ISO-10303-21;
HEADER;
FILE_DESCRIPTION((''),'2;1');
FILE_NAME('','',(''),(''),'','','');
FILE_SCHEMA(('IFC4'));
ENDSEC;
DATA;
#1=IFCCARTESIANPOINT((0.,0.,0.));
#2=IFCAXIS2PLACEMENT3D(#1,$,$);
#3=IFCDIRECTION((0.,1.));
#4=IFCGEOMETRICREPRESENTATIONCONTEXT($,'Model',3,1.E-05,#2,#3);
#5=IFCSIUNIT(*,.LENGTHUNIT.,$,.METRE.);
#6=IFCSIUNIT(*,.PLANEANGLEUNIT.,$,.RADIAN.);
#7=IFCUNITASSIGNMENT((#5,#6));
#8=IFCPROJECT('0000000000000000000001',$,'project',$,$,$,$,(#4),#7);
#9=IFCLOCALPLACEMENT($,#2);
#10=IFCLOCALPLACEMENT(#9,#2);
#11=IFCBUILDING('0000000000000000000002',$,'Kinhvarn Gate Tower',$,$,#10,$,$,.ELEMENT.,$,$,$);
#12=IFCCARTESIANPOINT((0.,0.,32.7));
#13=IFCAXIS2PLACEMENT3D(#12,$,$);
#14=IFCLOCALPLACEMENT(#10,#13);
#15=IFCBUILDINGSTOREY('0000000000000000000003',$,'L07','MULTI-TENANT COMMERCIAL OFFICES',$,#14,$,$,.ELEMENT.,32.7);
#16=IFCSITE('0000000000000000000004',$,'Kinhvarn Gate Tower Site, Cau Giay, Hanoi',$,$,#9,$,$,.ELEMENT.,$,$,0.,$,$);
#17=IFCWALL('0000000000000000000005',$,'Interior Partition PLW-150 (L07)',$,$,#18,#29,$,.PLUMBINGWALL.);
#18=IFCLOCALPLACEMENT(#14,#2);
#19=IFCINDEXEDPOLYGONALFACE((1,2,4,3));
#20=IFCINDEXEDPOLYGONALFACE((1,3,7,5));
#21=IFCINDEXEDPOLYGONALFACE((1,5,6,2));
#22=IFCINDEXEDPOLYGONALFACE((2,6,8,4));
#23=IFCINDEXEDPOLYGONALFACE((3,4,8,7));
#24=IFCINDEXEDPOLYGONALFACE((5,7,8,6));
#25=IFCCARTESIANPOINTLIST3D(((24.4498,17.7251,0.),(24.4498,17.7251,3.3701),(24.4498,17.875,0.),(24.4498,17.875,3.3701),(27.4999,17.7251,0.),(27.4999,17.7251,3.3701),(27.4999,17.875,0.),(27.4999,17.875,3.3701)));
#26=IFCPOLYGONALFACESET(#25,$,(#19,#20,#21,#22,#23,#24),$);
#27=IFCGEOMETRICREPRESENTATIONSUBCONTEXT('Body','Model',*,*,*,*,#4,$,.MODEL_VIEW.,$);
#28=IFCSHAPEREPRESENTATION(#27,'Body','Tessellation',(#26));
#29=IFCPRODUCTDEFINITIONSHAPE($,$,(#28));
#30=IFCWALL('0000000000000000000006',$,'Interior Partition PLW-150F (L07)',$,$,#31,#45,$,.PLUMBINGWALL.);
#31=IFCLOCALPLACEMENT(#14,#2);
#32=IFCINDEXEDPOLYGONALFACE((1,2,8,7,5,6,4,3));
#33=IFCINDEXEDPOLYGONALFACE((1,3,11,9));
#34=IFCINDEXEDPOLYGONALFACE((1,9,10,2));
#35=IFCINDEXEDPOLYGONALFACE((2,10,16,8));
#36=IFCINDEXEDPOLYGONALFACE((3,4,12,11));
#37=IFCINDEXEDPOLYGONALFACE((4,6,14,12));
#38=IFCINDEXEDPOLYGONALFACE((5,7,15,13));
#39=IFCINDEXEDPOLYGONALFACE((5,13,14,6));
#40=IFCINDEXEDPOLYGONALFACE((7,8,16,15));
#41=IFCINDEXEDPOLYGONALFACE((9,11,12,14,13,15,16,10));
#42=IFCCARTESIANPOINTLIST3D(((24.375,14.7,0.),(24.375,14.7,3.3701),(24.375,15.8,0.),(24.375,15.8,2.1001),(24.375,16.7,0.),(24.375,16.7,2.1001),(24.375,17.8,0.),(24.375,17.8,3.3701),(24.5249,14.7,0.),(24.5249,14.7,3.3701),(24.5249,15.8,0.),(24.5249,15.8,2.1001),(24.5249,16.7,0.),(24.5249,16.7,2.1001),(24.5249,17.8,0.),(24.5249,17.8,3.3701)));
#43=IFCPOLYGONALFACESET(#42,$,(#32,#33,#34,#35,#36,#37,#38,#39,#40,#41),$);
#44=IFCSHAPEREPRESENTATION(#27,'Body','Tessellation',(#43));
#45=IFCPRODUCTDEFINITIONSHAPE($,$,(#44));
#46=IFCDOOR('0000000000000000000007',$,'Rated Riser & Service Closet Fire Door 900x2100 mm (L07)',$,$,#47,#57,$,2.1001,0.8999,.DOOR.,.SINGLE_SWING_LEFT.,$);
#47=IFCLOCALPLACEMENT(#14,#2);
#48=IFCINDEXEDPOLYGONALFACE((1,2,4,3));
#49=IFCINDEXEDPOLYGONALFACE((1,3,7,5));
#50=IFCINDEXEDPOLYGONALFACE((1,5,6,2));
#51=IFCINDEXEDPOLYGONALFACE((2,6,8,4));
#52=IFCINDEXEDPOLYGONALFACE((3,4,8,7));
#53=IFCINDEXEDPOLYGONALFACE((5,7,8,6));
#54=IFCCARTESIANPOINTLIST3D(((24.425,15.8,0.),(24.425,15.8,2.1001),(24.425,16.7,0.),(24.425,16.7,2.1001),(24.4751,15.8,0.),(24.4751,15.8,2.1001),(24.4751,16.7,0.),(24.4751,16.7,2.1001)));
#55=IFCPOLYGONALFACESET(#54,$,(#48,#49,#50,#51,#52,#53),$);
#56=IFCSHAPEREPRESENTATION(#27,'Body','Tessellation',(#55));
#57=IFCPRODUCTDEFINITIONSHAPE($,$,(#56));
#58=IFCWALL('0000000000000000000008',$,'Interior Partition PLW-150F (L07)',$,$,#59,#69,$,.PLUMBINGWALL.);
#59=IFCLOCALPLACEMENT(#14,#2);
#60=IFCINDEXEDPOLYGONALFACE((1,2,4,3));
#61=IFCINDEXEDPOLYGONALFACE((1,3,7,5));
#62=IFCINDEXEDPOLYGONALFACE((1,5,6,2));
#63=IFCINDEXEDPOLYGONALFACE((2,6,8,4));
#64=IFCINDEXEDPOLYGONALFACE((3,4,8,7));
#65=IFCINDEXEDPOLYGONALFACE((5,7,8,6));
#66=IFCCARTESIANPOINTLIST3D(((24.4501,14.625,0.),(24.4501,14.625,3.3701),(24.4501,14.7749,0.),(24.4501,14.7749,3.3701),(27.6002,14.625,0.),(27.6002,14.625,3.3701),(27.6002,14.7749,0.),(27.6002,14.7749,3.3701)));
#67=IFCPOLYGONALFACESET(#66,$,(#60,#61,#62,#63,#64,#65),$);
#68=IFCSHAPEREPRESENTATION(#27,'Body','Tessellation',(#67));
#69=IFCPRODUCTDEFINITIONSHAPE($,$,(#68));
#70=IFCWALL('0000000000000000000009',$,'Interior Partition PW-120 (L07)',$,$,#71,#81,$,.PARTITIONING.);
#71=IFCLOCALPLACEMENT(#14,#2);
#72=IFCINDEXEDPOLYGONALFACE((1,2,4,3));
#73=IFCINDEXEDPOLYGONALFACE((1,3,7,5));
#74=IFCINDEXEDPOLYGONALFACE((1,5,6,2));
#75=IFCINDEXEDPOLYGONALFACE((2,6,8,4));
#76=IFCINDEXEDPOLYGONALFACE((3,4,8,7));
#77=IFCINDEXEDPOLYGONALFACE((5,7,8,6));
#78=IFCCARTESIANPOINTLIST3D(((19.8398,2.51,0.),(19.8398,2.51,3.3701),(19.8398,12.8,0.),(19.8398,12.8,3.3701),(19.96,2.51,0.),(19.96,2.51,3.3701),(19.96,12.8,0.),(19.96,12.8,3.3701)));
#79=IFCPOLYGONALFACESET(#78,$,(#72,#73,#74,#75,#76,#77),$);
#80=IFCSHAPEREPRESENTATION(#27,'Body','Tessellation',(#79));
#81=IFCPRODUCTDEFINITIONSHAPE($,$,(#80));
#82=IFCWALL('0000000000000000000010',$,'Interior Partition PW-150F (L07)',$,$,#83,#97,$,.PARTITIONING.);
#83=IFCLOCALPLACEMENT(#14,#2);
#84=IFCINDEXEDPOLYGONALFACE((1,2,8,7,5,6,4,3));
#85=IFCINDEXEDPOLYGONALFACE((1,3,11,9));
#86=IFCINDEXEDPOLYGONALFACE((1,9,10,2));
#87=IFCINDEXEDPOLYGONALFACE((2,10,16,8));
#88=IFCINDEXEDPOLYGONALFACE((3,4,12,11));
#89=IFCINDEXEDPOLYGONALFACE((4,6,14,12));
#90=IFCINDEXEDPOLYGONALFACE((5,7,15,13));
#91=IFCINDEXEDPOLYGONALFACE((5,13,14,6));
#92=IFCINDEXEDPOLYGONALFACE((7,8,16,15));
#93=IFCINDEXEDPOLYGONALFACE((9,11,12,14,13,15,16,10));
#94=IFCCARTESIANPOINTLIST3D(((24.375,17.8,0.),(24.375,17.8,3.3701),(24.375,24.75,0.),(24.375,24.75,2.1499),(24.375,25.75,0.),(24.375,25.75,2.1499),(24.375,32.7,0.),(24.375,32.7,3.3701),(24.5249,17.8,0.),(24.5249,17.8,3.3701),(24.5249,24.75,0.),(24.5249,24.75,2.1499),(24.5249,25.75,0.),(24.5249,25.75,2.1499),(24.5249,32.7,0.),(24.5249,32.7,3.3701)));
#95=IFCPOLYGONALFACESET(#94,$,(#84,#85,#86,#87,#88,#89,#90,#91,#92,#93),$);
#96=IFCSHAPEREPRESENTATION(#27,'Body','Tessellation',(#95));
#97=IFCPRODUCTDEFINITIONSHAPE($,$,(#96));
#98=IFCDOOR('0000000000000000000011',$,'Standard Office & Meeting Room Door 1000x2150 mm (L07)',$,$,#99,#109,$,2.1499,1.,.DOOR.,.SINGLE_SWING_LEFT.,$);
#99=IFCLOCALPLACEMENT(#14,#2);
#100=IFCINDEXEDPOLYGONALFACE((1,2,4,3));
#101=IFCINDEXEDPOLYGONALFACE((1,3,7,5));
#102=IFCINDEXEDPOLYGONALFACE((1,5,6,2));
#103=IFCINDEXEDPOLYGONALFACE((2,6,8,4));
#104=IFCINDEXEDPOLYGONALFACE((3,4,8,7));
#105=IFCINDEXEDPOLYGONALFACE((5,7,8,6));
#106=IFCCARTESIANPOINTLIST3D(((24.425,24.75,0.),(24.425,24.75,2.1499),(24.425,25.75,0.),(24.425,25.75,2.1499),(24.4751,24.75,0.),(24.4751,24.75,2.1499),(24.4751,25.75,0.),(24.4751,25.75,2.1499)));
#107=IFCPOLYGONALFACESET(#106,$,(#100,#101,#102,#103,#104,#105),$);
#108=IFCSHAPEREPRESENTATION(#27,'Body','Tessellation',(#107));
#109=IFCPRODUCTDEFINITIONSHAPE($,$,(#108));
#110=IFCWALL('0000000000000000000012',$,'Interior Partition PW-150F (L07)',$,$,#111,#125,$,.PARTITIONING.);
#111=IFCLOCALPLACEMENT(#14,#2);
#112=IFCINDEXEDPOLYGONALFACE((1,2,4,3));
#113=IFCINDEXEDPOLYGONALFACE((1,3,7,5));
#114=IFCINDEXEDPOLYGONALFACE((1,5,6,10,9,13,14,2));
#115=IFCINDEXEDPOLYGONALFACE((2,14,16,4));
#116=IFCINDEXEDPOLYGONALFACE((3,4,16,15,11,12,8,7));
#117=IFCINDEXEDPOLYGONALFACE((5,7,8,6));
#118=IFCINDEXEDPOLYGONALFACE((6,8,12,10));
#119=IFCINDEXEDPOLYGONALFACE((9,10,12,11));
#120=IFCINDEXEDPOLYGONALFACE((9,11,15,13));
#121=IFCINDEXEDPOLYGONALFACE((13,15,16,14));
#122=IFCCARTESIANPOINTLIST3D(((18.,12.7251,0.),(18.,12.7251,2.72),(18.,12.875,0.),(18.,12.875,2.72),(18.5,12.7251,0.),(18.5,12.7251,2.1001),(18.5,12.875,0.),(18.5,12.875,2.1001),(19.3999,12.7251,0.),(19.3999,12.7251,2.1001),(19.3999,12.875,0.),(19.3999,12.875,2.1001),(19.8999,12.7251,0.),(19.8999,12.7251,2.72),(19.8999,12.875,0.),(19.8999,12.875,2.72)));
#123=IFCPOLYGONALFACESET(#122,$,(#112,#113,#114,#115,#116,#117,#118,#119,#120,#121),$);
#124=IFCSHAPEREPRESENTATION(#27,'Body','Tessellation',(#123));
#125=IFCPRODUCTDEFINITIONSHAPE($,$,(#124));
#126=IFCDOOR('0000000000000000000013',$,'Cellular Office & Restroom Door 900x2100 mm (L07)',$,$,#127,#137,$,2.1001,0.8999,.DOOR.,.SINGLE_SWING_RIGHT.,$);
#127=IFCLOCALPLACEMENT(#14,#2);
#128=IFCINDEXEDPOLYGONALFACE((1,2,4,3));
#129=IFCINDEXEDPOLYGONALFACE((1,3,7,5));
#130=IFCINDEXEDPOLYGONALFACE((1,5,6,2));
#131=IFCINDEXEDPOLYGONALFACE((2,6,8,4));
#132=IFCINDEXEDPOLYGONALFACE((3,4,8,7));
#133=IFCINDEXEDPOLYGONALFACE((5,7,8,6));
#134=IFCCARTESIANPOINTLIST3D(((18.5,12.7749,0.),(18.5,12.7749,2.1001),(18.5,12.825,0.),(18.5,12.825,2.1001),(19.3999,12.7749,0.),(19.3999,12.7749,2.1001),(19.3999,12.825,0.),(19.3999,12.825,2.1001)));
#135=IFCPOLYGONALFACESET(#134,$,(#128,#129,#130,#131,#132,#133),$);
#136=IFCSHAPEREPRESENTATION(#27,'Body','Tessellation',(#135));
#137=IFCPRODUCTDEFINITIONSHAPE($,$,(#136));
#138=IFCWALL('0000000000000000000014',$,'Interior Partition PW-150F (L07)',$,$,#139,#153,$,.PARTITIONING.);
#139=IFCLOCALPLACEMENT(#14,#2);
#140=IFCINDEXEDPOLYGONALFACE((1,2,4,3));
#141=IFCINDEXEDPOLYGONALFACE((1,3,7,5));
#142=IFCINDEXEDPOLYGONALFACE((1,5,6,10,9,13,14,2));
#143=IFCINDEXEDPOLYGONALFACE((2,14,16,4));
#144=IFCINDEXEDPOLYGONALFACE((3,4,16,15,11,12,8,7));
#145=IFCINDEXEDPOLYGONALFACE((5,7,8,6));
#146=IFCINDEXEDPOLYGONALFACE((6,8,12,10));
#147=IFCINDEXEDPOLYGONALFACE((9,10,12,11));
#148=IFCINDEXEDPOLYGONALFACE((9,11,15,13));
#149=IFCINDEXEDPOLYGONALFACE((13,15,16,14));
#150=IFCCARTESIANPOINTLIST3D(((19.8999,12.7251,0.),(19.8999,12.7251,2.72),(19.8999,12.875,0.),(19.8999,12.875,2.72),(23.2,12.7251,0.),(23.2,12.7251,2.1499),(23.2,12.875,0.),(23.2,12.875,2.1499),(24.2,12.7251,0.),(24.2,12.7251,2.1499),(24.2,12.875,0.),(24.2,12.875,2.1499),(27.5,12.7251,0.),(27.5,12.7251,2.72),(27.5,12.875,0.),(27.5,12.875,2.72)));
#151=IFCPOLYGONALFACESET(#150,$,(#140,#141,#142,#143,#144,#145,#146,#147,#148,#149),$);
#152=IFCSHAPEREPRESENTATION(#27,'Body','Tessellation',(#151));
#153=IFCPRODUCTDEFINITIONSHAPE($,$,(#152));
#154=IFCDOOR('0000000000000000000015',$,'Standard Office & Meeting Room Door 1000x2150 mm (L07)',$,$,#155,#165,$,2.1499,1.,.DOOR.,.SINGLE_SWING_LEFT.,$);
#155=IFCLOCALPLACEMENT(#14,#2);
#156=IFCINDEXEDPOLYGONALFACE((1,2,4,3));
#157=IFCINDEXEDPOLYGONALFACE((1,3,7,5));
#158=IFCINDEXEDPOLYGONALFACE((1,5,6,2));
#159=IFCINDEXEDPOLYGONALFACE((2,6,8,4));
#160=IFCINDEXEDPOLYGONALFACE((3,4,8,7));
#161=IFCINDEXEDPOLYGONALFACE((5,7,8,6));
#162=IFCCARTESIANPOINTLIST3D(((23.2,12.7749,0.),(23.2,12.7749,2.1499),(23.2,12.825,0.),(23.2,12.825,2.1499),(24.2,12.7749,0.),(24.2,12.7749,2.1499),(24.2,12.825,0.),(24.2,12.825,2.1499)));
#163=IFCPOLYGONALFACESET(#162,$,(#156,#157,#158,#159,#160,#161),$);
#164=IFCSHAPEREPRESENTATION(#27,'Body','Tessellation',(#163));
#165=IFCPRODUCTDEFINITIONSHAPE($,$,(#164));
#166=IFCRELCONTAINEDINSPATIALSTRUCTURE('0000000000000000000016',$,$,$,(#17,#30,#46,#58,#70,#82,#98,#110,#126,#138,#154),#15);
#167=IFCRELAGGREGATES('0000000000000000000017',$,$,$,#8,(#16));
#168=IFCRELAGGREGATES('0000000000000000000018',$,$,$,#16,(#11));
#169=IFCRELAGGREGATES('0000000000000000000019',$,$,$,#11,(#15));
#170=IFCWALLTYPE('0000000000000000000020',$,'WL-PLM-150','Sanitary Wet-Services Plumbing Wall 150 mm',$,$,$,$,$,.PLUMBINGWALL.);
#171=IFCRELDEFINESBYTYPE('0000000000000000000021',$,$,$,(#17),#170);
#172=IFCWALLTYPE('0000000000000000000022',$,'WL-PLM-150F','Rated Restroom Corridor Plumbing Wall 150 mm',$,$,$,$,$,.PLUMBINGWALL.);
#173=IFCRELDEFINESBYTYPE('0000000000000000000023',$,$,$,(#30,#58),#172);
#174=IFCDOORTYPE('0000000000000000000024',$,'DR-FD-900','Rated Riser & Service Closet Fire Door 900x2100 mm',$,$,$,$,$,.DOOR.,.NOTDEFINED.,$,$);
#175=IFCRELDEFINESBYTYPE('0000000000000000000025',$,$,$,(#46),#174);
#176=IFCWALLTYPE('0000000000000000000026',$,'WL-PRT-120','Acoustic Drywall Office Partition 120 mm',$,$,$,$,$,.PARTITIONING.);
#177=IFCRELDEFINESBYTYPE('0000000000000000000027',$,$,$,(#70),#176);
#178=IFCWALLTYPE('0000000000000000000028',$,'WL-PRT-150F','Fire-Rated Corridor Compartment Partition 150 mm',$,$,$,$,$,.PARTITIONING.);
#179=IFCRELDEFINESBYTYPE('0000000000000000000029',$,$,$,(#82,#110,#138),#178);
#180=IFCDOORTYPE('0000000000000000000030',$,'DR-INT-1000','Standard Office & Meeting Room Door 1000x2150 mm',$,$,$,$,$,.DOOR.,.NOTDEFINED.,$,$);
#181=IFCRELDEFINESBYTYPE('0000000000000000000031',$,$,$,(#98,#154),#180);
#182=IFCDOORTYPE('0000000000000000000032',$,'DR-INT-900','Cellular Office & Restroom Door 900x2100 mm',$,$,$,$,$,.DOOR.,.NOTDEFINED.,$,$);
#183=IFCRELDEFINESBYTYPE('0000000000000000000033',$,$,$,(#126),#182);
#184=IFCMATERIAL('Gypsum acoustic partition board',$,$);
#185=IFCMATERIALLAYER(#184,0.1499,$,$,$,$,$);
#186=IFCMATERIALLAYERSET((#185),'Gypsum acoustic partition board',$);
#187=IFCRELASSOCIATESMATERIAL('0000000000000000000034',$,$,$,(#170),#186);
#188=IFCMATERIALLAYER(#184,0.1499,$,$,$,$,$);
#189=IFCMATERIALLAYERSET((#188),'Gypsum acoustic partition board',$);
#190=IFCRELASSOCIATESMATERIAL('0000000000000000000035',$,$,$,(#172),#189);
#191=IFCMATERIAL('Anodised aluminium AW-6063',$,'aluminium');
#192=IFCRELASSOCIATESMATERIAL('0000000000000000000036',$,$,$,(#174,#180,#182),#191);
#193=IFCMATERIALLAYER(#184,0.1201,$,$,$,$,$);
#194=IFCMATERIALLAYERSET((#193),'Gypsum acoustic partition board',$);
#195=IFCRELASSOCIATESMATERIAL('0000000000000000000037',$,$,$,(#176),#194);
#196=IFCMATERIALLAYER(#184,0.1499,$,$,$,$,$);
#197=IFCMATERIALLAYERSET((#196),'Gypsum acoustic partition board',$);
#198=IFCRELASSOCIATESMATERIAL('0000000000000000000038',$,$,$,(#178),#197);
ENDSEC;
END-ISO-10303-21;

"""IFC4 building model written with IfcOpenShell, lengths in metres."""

from ifc_helpers import new_model, si_unit, direction, frame, frame_2d, origin, place, context, subcontext, project, spatial, rectangle, extrude, material, layer, layer_set, type_object, element, fill, save


model = new_model("IFC4")

# Units and contexts
model_context = context("Model", 3, precision=1e-05, world=origin(), true_north=direction((0.0, 1.0)))
body_context = subcontext(model_context, "Body", "Model", "MODEL_VIEW")
ifc_project = project(units=[si_unit("LENGTHUNIT", "METRE"), si_unit("PLANEANGLEUNIT", "RADIAN")], contexts=[model_context])

# Site, building, storey
site_placement = place(None, origin())
site = spatial("IfcSite", under=ifc_project, at=site_placement, Name="Kinhvarn Gate Tower Site, Cau Giay, Hanoi", CompositionType="ELEMENT", RefElevation=0.0)
building_placement = place(site_placement, origin())
building = spatial("IfcBuilding", under=site, at=building_placement, Name="Kinhvarn Gate Tower", CompositionType="ELEMENT")
storey_placement = place(building_placement, frame((0.0, 0.0, 32.7)))
storey = spatial("IfcBuildingStorey", under=building, at=storey_placement, Name="L07", Description="MULTI-TENANT COMMERCIAL OFFICES", CompositionType="ELEMENT", Elevation=32.7)

# Shared definitions
ifc_material_1 = material(Name="Anodised aluminium AW-6063", Category="aluminium")

# Wall
ifc_material_2 = material(Name="Gypsum acoustic partition board")
ifc_layer_1 = layer(ifc_material_2, 0.1499)
ifc_layer_set_1 = layer_set([ifc_layer_1], Name="Gypsum acoustic partition board")
wall_type_1 = type_object("IfcWallType", Name="WL-PLM-150", Description="Sanitary Wet-Services Plumbing Wall 150 mm", PredefinedType="PLUMBINGWALL", material=ifc_layer_set_1)
wall_1_placement = place(storey_placement, frame((24.45, 17.8, 0.0), z_axis=(0.0, 0.0, 1.0), x_axis=(1.0, 0.0, 0.0)))
element("IfcWall", 1, at=wall_1_placement, inside=storey, type_object=wall_type_1, Name="Interior Partition PLW-150 (L07)", PredefinedType="PLUMBINGWALL", context=body_context, shape_type="SweptSolid", body=[
    extrude(rectangle(XDim=3.05, YDim=0.1499, at=frame_2d((1.5249, 0.0))), origin(), (0.0, 0.0, 1.0), 3.3701),
])

# Wall, opening, door
ifc_layer_2 = layer(ifc_material_2, 0.1499)
ifc_layer_set_2 = layer_set([ifc_layer_2], Name="Gypsum acoustic partition board")
wall_type_2 = type_object("IfcWallType", Name="WL-PLM-150F", Description="Rated Restroom Corridor Plumbing Wall 150 mm", PredefinedType="PLUMBINGWALL", material=ifc_layer_set_2)
wall_2_placement = place(storey_placement, frame((24.45, 14.7, 0.0), z_axis=(0.0, 0.0, 1.0), x_axis=(0.0, 1.0, 0.0)))
wall_2 = element("IfcWall", 2, at=wall_2_placement, inside=storey, type_object=wall_type_2, Name="Interior Partition PLW-150F (L07)", PredefinedType="PLUMBINGWALL", context=body_context, shape_type="SweptSolid", body=[
    extrude(rectangle(XDim=3.1001, YDim=0.1499, at=frame_2d((1.55, 0.0))), origin(), (0.0, 0.0, 1.0), 3.3701),
])
opening_1_placement = place(wall_2_placement, frame((1.1001, 0.0, 0.0)))
opening_1 = element("IfcOpeningElement", 3, at=opening_1_placement, cuts=wall_2, PredefinedType="OPENING", context=body_context, shape_type="SweptSolid", body=[
    extrude(rectangle(XDim=0.8999, YDim=2.1001, at=frame_2d((0.45, 1.05))), frame((0.0, 0.085, 0.0), z_axis=(0.0, -1.0, 0.0), x_axis=(1.0, 0.0, 0.0)), (0.0, 0.0, 1.0), 0.1699),
])
door_type_1 = type_object("IfcDoorType", Name="DR-FD-900", Description="Rated Riser & Service Closet Fire Door 900x2100 mm", OperationType="NOTDEFINED", PredefinedType="DOOR", material=ifc_material_1)
door_1_placement = place(opening_1_placement, origin())
door_1 = element("IfcDoor", 4, at=door_1_placement, inside=storey, type_object=door_type_1, Name="Rated Riser & Service Closet Fire Door 900x2100 mm (L07)", OperationType="SINGLE_SWING_LEFT", OverallHeight=2.1001, OverallWidth=0.8999, PredefinedType="DOOR", context=body_context, shape_type="SweptSolid", body=[
    extrude(rectangle(XDim=0.8999, YDim=2.1001, at=frame_2d((0.45, 1.05))), frame((0.0, 0.0249, 0.0), z_axis=(0.0, -1.0, 0.0), x_axis=(1.0, 0.0, 0.0)), (0.0, 0.0, 1.0), 0.05),
])
fill(opening_1, door_1)

# Walls
wall_3_placement = place(storey_placement, frame((24.45, 14.7, 0.0), z_axis=(0.0, 0.0, 1.0), x_axis=(1.0, 0.0, 0.0)))
element("IfcWall", 5, at=wall_3_placement, inside=storey, type_object=wall_type_2, Name="Interior Partition PLW-150F (L07)", PredefinedType="PLUMBINGWALL", context=body_context, shape_type="SweptSolid", body=[
    extrude(rectangle(XDim=3.1501, YDim=0.1499, at=frame_2d((1.5752, 0.0))), origin(), (0.0, 0.0, 1.0), 3.3701),
])
ifc_layer_3 = layer(ifc_material_2, 0.1201)
ifc_layer_set_3 = layer_set([ifc_layer_3], Name="Gypsum acoustic partition board")
wall_type_3 = type_object("IfcWallType", Name="WL-PRT-120", Description="Acoustic Drywall Office Partition 120 mm", PredefinedType="PARTITIONING", material=ifc_layer_set_3)
wall_4_placement = place(storey_placement, frame((19.8999, 2.51, 0.0), z_axis=(0.0, 0.0, 1.0), x_axis=(0.0, 1.0, 0.0)))
element("IfcWall", 6, at=wall_4_placement, inside=storey, type_object=wall_type_3, Name="Interior Partition PW-120 (L07)", PredefinedType="PARTITIONING", context=body_context, shape_type="SweptSolid", body=[
    extrude(rectangle(XDim=10.29, YDim=0.1201, at=frame_2d((5.145, 0.0))), origin(), (0.0, 0.0, 1.0), 3.3701),
])

# Walls, openings, doors
ifc_layer_4 = layer(ifc_material_2, 0.1499)
ifc_layer_set_4 = layer_set([ifc_layer_4], Name="Gypsum acoustic partition board")
wall_type_4 = type_object("IfcWallType", Name="WL-PRT-150F", Description="Fire-Rated Corridor Compartment Partition 150 mm", PredefinedType="PARTITIONING", material=ifc_layer_set_4)
wall_5_placement = place(storey_placement, frame((24.45, 17.8, 0.0), z_axis=(0.0, 0.0, 1.0), x_axis=(0.0, 1.0, 0.0)))
wall_5 = element("IfcWall", 7, at=wall_5_placement, inside=storey, type_object=wall_type_4, Name="Interior Partition PW-150F (L07)", PredefinedType="PARTITIONING", context=body_context, shape_type="SweptSolid", body=[
    extrude(rectangle(XDim=14.8999, YDim=0.1499, at=frame_2d((7.45, 0.0))), origin(), (0.0, 0.0, 1.0), 3.3701),
])
opening_2_placement = place(wall_5_placement, frame((6.95, 0.0, 0.0)))
opening_2 = element("IfcOpeningElement", 8, at=opening_2_placement, cuts=wall_5, PredefinedType="OPENING", context=body_context, shape_type="SweptSolid", body=[
    extrude(rectangle(XDim=1.0, YDim=2.1499, at=frame_2d((0.5, 1.075))), frame((0.0, 0.085, 0.0), z_axis=(0.0, -1.0, 0.0), x_axis=(1.0, 0.0, 0.0)), (0.0, 0.0, 1.0), 0.1699),
])
door_type_2 = type_object("IfcDoorType", Name="DR-INT-1000", Description="Standard Office & Meeting Room Door 1000x2150 mm", OperationType="NOTDEFINED", PredefinedType="DOOR", material=ifc_material_1)
door_2_placement = place(opening_2_placement, origin())
door_2 = element("IfcDoor", 9, at=door_2_placement, inside=storey, type_object=door_type_2, Name="Standard Office & Meeting Room Door 1000x2150 mm (L07)", OperationType="SINGLE_SWING_LEFT", OverallHeight=2.1499, OverallWidth=1.0, PredefinedType="DOOR", context=body_context, shape_type="SweptSolid", body=[
    extrude(rectangle(XDim=1.0, YDim=2.1499, at=frame_2d((0.5, 1.075))), frame((0.0, 0.0249, 0.0), z_axis=(0.0, -1.0, 0.0), x_axis=(1.0, 0.0, 0.0)), (0.0, 0.0, 1.0), 0.05),
])
fill(opening_2, door_2)
wall_6_placement = place(storey_placement, frame((18.0, 12.8, 0.0), z_axis=(0.0, 0.0, 1.0), x_axis=(1.0, 0.0, 0.0)))
wall_6 = element("IfcWall", 10, at=wall_6_placement, inside=storey, type_object=wall_type_4, Name="Interior Partition PW-150F (L07)", PredefinedType="PARTITIONING", context=body_context, shape_type="SweptSolid", body=[
    extrude(rectangle(XDim=1.8999, YDim=0.1499, at=frame_2d((0.95, 0.0))), origin(), (0.0, 0.0, 1.0), 2.72),
])
opening_3_placement = place(wall_6_placement, frame((0.5, 0.0, 0.0)))
opening_3 = element("IfcOpeningElement", 11, at=opening_3_placement, cuts=wall_6, PredefinedType="OPENING", context=body_context, shape_type="SweptSolid", body=[
    extrude(rectangle(XDim=0.8999, YDim=2.1001, at=frame_2d((0.45, 1.05))), frame((0.0, 0.085, 0.0), z_axis=(0.0, -1.0, 0.0), x_axis=(1.0, 0.0, 0.0)), (0.0, 0.0, 1.0), 0.1699),
])
door_type_3 = type_object("IfcDoorType", Name="DR-INT-900", Description="Cellular Office & Restroom Door 900x2100 mm", OperationType="NOTDEFINED", PredefinedType="DOOR", material=ifc_material_1)
door_3_placement = place(opening_3_placement, origin())
door_3 = element("IfcDoor", 12, at=door_3_placement, inside=storey, type_object=door_type_3, Name="Cellular Office & Restroom Door 900x2100 mm (L07)", OperationType="SINGLE_SWING_RIGHT", OverallHeight=2.1001, OverallWidth=0.8999, PredefinedType="DOOR", context=body_context, shape_type="SweptSolid", body=[
    extrude(rectangle(XDim=0.8999, YDim=2.1001, at=frame_2d((0.45, 1.05))), frame((0.0, 0.0249, 0.0), z_axis=(0.0, -1.0, 0.0), x_axis=(1.0, 0.0, 0.0)), (0.0, 0.0, 1.0), 0.05),
])
fill(opening_3, door_3)
wall_7_placement = place(storey_placement, frame((19.8999, 12.8, 0.0), z_axis=(0.0, 0.0, 1.0), x_axis=(1.0, 0.0, 0.0)))
wall_7 = element("IfcWall", 13, at=wall_7_placement, inside=storey, type_object=wall_type_4, Name="Interior Partition PW-150F (L07)", PredefinedType="PARTITIONING", context=body_context, shape_type="SweptSolid", body=[
    extrude(rectangle(XDim=7.6001, YDim=0.1499, at=frame_2d((3.8, 0.0))), origin(), (0.0, 0.0, 1.0), 2.72),
])
opening_4_placement = place(wall_7_placement, frame((3.3, 0.0, 0.0)))
opening_4 = element("IfcOpeningElement", 14, at=opening_4_placement, cuts=wall_7, PredefinedType="OPENING", context=body_context, shape_type="SweptSolid", body=[
    extrude(rectangle(XDim=1.0, YDim=2.1499, at=frame_2d((0.5, 1.075))), frame((0.0, 0.085, 0.0), z_axis=(0.0, -1.0, 0.0), x_axis=(1.0, 0.0, 0.0)), (0.0, 0.0, 1.0), 0.1699),
])
door_4_placement = place(opening_4_placement, origin())
door_4 = element("IfcDoor", 15, at=door_4_placement, inside=storey, type_object=door_type_2, Name="Standard Office & Meeting Room Door 1000x2150 mm (L07)", OperationType="SINGLE_SWING_LEFT", OverallHeight=2.1499, OverallWidth=1.0, PredefinedType="DOOR", context=body_context, shape_type="SweptSolid", body=[
    extrude(rectangle(XDim=1.0, YDim=2.1499, at=frame_2d((0.5, 1.075))), frame((0.0, 0.0249, 0.0), z_axis=(0.0, -1.0, 0.0), x_axis=(1.0, 0.0, 0.0)), (0.0, 0.0, 1.0), 0.05),
])
fill(opening_4, door_4)

save(model, "model.ifc")
